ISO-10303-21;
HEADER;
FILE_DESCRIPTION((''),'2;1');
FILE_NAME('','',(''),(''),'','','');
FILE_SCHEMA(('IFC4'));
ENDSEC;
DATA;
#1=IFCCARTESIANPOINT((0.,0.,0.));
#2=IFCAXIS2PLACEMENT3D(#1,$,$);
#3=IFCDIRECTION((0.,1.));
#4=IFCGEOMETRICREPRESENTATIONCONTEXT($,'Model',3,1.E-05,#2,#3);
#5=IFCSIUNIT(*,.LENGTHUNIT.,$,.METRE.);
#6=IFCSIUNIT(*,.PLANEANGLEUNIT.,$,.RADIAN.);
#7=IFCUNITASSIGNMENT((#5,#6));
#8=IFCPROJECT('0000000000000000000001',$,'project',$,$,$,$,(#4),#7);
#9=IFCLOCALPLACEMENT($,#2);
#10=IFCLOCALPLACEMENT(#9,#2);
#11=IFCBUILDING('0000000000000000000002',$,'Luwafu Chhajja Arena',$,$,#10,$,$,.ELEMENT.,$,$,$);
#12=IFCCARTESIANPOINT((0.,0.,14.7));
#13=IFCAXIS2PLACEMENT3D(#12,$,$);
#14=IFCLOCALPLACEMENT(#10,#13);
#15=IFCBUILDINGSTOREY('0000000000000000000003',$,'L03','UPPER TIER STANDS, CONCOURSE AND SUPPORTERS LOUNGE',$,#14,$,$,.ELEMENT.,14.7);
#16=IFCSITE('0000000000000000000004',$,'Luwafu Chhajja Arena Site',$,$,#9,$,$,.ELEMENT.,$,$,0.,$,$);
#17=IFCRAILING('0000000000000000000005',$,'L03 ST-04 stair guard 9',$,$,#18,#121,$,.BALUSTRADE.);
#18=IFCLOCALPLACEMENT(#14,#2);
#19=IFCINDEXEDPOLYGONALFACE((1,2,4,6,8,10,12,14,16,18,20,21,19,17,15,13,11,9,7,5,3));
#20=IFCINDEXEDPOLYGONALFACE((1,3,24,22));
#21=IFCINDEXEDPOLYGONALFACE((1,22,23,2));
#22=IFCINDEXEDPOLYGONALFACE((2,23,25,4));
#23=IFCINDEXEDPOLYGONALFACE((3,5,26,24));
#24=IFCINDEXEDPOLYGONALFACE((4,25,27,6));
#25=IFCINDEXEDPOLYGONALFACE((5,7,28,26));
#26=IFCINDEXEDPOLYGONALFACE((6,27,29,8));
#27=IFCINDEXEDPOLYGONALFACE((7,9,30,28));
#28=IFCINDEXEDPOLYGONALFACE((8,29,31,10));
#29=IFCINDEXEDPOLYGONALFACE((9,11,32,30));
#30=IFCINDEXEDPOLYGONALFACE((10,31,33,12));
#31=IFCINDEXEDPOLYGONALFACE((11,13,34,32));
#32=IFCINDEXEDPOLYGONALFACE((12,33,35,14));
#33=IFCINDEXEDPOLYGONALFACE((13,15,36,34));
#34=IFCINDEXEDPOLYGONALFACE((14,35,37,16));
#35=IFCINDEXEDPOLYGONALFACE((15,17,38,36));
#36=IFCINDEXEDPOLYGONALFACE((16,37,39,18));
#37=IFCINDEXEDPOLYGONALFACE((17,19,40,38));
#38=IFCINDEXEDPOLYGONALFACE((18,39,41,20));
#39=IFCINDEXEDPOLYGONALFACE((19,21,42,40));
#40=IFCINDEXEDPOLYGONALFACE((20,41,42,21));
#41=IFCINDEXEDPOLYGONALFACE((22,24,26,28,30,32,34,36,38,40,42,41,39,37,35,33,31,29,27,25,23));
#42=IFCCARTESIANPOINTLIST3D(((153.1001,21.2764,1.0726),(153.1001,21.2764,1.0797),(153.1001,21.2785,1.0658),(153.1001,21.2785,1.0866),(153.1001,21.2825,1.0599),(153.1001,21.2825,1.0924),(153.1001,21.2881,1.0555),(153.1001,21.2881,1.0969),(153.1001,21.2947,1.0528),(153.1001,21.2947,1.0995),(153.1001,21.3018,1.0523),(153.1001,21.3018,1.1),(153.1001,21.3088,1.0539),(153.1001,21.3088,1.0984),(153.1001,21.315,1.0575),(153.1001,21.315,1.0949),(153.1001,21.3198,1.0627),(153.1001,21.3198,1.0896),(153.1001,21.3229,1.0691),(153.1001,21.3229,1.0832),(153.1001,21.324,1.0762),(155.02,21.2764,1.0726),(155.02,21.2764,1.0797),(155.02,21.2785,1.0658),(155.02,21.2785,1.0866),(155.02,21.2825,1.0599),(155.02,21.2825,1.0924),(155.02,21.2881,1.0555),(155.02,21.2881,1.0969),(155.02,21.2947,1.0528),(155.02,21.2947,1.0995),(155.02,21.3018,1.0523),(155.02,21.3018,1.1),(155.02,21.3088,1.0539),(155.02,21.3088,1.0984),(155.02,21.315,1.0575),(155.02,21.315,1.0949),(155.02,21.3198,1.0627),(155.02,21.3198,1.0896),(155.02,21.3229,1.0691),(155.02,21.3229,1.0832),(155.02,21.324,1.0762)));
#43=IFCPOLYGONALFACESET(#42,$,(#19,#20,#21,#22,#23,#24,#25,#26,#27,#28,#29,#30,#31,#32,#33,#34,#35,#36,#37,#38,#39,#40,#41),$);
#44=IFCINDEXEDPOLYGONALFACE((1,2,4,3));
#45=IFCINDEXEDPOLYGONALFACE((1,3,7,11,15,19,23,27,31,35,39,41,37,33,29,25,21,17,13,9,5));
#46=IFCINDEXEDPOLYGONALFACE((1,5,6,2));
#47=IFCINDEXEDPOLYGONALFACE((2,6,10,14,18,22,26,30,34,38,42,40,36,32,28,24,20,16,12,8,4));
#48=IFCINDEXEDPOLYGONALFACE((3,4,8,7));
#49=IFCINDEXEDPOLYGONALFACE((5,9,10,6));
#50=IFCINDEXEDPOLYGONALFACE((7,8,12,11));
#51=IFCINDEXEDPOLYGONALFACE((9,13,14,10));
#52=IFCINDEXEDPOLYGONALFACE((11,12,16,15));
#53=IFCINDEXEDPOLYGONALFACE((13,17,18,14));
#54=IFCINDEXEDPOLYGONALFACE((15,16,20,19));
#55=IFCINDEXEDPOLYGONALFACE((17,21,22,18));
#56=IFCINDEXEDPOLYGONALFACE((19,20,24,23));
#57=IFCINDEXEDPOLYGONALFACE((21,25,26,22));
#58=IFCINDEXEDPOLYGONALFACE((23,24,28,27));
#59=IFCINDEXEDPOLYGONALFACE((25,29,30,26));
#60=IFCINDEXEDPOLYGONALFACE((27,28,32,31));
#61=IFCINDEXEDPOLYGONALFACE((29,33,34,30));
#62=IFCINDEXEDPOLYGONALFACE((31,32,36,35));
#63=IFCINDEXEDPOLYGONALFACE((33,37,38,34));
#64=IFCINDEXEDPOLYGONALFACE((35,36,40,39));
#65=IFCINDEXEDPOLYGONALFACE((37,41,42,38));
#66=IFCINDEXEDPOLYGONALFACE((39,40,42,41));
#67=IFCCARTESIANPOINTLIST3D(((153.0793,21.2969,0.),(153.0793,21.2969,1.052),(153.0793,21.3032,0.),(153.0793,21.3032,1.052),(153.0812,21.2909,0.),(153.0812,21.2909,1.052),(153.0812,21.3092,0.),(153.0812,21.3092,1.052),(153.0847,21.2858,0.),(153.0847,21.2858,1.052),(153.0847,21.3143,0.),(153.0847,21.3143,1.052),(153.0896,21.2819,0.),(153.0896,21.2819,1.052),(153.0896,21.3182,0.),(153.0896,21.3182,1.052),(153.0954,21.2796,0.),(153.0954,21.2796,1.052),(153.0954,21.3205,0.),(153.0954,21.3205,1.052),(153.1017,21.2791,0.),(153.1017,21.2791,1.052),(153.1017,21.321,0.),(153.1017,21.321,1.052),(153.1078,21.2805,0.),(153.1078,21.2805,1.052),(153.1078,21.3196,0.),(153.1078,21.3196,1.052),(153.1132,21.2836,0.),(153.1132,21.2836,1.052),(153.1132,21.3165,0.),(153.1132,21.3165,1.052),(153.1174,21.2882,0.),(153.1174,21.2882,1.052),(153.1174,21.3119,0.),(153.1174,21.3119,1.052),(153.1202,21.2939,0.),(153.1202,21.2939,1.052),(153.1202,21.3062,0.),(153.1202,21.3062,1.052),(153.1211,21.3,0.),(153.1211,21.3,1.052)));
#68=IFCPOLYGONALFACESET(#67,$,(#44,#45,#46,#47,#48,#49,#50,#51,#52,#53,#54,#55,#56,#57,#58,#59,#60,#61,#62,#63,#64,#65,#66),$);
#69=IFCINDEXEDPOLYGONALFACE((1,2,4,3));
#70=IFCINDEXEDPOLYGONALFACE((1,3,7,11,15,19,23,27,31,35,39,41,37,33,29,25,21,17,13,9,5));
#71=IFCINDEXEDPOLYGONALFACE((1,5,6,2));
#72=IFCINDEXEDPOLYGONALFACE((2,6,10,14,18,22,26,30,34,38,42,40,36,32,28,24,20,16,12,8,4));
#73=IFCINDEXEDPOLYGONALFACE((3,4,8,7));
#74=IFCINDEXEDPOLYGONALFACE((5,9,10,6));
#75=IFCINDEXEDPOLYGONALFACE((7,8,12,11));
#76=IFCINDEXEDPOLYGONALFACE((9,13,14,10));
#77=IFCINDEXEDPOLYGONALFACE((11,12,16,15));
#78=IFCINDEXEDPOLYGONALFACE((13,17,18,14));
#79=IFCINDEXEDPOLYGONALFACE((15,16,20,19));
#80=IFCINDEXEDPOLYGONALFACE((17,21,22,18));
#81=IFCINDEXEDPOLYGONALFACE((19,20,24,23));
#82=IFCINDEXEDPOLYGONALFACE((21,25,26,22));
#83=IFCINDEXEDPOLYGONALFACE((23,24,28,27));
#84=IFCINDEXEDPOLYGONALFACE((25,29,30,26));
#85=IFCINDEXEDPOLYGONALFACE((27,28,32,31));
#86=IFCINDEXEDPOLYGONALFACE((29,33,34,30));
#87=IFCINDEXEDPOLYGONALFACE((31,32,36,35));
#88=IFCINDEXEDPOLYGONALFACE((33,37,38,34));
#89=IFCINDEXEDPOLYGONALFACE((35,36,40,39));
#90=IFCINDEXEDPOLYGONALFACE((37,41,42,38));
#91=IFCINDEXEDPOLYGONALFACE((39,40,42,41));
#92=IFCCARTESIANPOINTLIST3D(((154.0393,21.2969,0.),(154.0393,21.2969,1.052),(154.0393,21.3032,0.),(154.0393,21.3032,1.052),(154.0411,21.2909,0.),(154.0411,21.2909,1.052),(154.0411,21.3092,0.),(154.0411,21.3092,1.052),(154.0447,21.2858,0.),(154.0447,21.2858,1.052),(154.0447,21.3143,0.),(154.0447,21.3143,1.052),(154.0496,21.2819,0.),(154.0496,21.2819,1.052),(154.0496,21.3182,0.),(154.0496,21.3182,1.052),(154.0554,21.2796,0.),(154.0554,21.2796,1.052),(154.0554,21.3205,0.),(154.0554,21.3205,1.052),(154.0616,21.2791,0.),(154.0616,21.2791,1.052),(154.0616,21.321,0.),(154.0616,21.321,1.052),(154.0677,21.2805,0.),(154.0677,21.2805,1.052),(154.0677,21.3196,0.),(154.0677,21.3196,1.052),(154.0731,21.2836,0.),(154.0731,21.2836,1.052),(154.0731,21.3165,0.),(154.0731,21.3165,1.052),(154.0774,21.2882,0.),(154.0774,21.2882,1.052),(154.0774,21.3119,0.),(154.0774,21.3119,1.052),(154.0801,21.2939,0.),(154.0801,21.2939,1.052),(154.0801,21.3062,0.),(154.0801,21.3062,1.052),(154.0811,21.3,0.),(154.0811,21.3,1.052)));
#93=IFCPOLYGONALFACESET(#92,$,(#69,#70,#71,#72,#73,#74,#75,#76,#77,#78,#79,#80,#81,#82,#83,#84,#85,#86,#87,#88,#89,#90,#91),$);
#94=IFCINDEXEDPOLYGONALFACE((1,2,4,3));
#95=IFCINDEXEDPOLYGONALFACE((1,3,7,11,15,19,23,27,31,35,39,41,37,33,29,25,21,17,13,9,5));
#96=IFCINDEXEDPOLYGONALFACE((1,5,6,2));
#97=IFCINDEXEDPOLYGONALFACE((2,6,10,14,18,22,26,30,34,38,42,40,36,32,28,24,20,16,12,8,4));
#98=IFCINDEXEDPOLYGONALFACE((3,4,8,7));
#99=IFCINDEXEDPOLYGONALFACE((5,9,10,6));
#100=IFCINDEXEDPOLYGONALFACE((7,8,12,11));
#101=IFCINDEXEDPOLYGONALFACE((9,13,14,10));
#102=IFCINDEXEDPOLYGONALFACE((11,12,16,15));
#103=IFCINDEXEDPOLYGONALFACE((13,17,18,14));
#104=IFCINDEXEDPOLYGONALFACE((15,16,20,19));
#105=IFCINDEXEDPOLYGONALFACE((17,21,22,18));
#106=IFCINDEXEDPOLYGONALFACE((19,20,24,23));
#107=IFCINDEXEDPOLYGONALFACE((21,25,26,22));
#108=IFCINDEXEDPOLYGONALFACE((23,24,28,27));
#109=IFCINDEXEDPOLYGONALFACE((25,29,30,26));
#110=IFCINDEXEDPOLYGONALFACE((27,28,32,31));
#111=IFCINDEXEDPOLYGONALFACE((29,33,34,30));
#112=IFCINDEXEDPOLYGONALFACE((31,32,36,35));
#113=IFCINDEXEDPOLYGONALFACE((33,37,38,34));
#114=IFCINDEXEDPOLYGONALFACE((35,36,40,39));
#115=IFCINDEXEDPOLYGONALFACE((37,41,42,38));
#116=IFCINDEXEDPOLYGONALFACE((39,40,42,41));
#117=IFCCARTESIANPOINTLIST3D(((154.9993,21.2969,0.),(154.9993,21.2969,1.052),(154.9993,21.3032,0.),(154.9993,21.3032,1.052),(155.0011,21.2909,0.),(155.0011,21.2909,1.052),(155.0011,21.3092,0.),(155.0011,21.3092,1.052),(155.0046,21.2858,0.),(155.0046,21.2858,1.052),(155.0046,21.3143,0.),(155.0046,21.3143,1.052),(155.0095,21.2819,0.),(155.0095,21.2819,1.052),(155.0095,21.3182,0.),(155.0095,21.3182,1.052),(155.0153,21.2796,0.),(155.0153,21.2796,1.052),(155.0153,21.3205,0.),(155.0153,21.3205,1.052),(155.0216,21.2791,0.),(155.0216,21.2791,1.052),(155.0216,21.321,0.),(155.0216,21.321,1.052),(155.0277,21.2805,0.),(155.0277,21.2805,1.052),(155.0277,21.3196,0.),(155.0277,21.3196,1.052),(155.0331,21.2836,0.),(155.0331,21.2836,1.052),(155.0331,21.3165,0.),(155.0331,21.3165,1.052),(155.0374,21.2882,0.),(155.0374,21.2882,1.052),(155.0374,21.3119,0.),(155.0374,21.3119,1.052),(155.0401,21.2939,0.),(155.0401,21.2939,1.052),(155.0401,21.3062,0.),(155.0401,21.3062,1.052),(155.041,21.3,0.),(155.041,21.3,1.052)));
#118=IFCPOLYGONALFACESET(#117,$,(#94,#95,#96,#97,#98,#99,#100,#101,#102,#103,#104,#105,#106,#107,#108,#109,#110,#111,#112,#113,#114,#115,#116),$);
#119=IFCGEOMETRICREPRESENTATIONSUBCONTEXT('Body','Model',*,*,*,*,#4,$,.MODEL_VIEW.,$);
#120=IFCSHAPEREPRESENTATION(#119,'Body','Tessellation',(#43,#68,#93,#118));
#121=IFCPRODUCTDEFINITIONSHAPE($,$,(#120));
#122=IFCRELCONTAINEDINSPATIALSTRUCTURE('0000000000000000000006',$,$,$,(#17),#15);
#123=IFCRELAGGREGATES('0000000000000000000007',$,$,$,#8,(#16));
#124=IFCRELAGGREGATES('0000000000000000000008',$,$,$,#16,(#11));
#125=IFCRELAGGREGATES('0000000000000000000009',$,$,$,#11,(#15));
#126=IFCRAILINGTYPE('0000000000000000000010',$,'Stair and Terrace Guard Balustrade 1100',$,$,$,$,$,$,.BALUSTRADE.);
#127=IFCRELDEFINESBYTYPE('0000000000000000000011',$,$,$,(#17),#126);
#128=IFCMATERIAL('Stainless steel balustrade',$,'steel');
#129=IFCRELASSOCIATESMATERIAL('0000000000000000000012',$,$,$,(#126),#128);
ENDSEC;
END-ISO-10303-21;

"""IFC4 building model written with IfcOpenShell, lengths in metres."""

from ifc_helpers import new_model, si_unit, direction, frame, origin, origin_2d, place, context, subcontext, project, spatial, circle, extrude, material, type_object, element, save


model = new_model("IFC4")

# Units and contexts
model_context = context("Model", 3, precision=1e-05, world=origin(), true_north=direction((0.0, 1.0)))
body_context = subcontext(model_context, "Body", "Model", "MODEL_VIEW")
ifc_project = project(units=[si_unit("LENGTHUNIT", "METRE"), si_unit("PLANEANGLEUNIT", "RADIAN")], contexts=[model_context])

# Site, building, storey
site_placement = place(None, origin())
site = spatial("IfcSite", under=ifc_project, at=site_placement, Name="Luwafu Chhajja Arena Site", CompositionType="ELEMENT", RefElevation=0.0)
building_placement = place(site_placement, origin())
building = spatial("IfcBuilding", under=site, at=building_placement, Name="Luwafu Chhajja Arena", CompositionType="ELEMENT")
storey_placement = place(building_placement, frame((0.0, 0.0, 14.7)))
storey = spatial("IfcBuildingStorey", under=building, at=storey_placement, Name="L03", Description="UPPER TIER STANDS, CONCOURSE AND SUPPORTERS LOUNGE", CompositionType="ELEMENT", Elevation=14.7)

# Railing
ifc_material_1 = material(Name="Stainless steel balustrade", Category="steel")
railing_type_1 = type_object("IfcRailingType", Name="Stair and Terrace Guard Balustrade 1100", PredefinedType="BALUSTRADE", material=ifc_material_1)
for number, where, name in (
    (1, (153.1001, 21.3, 0.0), "L03 ST-04 stair guard 9"),
):
    element("IfcRailing", number, at=place(storey_placement, frame(where)), inside=storey, type_object=railing_type_1, Name=name, PredefinedType="BALUSTRADE", context=body_context, shape_type="SweptSolid", body=[
        extrude(circle(Radius=0.0239, at=origin_2d()), frame((0.0, 0.0, 1.0762), z_axis=(1.0, 0.0, 0.0), x_axis=(0.0, 1.0, 0.0)), (0.0, 0.0, 1.0), 1.9199),
        extrude(circle(Radius=0.021, at=origin_2d()), origin(), (0.0, 0.0, 1.0), 1.052),
        extrude(circle(Radius=0.021, at=origin_2d()), frame((0.96, 0.0, 0.0)), (0.0, 0.0, 1.0), 1.052),
        extrude(circle(Radius=0.021, at=origin_2d()), frame((1.9199, 0.0, 0.0)), (0.0, 0.0, 1.0), 1.052),
    ])

save(model, "model.ifc")
